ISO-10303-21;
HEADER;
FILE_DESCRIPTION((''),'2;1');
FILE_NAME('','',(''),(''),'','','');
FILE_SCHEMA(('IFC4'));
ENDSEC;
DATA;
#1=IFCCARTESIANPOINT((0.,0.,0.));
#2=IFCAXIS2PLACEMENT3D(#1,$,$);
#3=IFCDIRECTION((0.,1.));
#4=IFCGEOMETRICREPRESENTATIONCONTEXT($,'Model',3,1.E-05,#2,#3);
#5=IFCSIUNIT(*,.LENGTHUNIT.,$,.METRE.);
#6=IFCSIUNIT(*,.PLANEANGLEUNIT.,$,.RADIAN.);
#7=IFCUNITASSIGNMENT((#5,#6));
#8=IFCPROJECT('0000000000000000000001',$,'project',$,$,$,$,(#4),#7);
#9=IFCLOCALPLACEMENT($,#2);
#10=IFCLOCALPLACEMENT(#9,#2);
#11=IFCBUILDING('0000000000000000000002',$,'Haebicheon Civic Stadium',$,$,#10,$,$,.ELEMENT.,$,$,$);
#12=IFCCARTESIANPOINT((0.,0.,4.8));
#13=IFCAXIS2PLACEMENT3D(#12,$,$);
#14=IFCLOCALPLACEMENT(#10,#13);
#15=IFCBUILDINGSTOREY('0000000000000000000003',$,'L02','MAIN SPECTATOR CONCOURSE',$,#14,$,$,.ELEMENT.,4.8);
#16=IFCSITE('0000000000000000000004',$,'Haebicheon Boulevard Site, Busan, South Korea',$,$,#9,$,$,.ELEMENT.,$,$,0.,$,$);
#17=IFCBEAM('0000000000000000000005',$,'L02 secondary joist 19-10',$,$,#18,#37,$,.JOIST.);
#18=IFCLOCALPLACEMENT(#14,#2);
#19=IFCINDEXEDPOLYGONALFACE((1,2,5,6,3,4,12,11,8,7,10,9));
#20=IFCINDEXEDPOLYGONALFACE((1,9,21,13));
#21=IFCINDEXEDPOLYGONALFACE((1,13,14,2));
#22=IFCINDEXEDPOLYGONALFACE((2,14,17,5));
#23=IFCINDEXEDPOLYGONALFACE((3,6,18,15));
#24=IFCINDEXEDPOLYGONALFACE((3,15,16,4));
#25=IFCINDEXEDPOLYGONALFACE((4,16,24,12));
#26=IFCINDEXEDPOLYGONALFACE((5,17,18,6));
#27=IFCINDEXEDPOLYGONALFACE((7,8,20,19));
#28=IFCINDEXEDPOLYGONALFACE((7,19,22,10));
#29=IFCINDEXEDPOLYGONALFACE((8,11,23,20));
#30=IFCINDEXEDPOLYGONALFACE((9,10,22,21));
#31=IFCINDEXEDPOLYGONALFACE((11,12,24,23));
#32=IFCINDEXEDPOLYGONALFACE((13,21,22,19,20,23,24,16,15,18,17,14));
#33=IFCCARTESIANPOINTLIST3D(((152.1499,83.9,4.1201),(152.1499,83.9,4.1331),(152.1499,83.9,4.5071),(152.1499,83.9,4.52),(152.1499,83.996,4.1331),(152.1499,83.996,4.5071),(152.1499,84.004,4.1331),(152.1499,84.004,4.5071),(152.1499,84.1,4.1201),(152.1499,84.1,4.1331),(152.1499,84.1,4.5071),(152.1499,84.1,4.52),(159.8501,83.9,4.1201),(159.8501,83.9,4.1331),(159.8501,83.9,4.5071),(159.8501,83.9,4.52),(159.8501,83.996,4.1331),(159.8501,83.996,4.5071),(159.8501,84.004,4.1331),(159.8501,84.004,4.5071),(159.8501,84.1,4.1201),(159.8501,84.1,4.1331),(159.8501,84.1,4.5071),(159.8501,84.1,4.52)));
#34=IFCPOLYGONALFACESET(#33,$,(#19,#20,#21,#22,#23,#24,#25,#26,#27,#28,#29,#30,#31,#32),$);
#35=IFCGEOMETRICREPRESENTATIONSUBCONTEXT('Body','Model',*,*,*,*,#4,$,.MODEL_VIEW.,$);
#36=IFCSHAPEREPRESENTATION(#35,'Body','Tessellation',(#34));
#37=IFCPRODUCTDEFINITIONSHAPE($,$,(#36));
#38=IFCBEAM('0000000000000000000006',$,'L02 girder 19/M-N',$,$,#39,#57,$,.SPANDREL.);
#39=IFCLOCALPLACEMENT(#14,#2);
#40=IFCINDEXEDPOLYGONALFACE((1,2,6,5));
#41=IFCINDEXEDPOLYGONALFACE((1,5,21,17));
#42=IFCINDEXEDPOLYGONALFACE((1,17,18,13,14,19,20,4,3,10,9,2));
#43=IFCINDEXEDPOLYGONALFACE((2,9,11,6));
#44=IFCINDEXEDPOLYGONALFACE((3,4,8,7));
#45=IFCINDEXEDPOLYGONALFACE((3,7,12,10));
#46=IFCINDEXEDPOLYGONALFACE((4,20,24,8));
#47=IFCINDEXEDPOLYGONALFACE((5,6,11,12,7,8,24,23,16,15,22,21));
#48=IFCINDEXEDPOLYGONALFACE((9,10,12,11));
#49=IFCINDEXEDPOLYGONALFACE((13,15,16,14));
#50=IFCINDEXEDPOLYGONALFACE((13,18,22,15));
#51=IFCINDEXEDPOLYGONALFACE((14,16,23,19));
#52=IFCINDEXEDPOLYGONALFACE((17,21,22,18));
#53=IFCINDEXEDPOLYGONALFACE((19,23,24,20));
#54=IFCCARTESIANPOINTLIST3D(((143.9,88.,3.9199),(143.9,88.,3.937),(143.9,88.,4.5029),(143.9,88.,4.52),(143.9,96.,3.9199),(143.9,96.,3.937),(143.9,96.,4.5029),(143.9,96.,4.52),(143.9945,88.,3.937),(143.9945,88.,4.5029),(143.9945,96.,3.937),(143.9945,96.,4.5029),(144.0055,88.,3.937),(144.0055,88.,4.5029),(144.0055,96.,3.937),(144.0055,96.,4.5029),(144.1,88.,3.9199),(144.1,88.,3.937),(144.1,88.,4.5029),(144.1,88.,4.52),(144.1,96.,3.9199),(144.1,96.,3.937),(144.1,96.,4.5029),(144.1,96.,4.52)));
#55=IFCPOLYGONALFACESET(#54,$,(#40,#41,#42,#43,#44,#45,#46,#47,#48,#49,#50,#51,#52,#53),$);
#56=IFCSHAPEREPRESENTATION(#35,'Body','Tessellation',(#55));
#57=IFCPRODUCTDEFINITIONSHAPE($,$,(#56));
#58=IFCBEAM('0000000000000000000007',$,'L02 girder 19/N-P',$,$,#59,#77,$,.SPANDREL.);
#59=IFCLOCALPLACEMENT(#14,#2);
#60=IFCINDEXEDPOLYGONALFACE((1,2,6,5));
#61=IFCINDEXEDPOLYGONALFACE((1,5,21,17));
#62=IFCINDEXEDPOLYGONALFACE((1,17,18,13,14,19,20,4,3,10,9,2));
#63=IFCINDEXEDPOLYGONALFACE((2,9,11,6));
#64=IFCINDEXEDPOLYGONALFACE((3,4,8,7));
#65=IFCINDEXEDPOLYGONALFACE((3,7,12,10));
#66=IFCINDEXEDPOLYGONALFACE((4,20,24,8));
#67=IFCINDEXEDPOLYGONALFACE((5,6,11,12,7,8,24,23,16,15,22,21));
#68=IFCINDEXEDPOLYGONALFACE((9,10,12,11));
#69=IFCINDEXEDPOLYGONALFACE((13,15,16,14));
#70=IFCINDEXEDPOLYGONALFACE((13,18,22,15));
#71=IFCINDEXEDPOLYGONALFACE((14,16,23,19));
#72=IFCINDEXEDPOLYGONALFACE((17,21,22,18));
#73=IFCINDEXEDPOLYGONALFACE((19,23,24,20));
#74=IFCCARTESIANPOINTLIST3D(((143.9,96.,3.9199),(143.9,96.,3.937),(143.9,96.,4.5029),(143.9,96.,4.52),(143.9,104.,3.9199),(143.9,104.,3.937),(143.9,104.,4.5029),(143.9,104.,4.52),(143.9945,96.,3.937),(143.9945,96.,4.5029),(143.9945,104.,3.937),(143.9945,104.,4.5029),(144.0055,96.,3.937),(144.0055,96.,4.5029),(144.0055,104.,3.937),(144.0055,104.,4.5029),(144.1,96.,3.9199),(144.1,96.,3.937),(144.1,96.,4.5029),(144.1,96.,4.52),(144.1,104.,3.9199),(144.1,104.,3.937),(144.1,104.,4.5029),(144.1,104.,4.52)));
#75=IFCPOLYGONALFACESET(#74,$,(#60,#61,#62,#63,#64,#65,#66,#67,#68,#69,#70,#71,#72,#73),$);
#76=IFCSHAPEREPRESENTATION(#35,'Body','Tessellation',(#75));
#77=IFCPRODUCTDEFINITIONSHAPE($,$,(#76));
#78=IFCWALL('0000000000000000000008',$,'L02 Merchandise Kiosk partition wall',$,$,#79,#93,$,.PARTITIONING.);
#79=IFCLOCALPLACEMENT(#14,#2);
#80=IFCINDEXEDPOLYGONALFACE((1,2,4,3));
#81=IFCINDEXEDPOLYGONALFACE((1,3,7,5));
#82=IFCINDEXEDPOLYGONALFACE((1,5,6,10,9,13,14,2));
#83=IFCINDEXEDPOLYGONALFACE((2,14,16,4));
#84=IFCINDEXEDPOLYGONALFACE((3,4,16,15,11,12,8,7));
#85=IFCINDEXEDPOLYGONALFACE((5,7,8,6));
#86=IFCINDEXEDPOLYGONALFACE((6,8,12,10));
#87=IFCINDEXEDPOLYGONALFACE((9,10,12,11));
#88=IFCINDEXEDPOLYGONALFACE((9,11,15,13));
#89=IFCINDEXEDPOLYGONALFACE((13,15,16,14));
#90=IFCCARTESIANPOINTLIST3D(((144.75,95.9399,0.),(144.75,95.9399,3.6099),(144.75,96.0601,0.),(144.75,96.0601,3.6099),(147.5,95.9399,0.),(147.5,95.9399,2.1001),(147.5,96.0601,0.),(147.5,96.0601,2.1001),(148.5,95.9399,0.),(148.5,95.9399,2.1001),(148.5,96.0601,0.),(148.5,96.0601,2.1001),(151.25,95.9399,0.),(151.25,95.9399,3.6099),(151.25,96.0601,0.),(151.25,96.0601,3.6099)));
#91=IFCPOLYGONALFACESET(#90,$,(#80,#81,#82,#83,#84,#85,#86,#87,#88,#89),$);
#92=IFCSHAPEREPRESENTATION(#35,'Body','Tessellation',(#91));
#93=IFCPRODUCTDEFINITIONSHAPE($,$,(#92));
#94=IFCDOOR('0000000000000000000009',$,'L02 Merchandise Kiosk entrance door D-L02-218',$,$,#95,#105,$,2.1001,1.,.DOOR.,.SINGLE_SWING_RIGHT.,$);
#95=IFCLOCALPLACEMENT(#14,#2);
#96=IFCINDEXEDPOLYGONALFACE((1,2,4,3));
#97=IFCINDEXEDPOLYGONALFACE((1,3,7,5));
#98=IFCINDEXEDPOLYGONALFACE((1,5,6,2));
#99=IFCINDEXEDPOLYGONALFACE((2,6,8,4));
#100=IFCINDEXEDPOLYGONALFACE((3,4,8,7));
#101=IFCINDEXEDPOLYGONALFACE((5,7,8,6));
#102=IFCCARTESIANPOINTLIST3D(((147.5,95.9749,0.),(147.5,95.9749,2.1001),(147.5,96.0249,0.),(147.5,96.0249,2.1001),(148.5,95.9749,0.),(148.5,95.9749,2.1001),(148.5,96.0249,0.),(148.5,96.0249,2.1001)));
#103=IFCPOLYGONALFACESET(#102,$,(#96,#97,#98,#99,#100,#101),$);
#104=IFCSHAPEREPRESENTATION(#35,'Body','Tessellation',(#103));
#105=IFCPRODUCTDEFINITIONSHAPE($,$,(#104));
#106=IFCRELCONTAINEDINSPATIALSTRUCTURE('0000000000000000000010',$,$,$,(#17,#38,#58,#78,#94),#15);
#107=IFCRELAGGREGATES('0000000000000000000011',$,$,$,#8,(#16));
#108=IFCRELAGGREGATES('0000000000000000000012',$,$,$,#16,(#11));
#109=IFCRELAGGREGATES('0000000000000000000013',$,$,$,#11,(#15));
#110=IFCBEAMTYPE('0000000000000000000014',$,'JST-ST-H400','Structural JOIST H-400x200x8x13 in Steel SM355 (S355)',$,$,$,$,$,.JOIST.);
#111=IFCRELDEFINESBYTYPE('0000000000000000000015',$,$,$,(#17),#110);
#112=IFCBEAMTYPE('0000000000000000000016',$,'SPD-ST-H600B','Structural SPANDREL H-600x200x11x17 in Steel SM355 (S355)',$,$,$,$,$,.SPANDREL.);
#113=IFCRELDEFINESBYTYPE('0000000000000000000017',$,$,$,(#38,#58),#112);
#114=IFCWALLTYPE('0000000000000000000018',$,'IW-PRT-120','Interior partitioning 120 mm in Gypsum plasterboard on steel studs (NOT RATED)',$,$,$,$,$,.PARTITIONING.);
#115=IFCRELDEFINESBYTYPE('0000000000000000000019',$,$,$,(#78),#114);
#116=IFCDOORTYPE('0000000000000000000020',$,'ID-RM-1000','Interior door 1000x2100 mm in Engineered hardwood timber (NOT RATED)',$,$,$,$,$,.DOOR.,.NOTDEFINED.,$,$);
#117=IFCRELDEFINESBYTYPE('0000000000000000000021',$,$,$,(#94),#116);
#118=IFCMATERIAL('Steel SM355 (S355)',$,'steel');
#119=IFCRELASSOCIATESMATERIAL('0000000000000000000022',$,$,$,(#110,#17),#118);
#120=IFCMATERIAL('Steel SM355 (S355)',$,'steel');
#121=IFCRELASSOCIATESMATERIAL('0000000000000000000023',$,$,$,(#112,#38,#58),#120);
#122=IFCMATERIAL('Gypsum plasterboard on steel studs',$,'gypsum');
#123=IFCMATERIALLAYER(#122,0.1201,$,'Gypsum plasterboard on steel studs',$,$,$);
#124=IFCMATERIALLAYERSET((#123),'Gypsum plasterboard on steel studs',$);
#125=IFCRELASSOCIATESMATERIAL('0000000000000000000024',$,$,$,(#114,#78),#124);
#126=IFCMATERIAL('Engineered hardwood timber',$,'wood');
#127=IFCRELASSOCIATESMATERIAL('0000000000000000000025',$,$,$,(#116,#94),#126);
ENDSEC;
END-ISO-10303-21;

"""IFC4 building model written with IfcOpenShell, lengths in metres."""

from ifc_helpers import new_model, si_unit, direction, frame, frame_2d, origin, origin_2d, place, context, subcontext, project, spatial, rectangle, i_section, extrude, material, layer, layer_set, material_profile, profile_set, type_object, element, fill, save


model = new_model("IFC4")

# Units and contexts
model_context = context("Model", 3, precision=1e-05, world=origin(), true_north=direction((0.0, 1.0)))
body_context = subcontext(model_context, "Body", "Model", "MODEL_VIEW")
ifc_project = project(units=[si_unit("LENGTHUNIT", "METRE"), si_unit("PLANEANGLEUNIT", "RADIAN")], contexts=[model_context])

# Site, building, storey
site_placement = place(None, origin())
site = spatial("IfcSite", under=ifc_project, at=site_placement, Name="Haebicheon Boulevard Site, Busan, South Korea", CompositionType="ELEMENT", RefElevation=0.0)
building_placement = place(site_placement, origin())
building = spatial("IfcBuilding", under=site, at=building_placement, Name="Haebicheon Civic Stadium", CompositionType="ELEMENT")
storey_placement = place(building_placement, frame((0.0, 0.0, 4.8)))
storey = spatial("IfcBuildingStorey", under=building, at=storey_placement, Name="L02", Description="MAIN SPECTATOR CONCOURSE", CompositionType="ELEMENT", Elevation=4.8)

# Beams
ifc_material_1 = material(Name="Steel SM355 (S355)", Category="steel")
ifc_material_profile_1 = material_profile(ifc_material_1, i_section(OverallWidth=0.2, OverallDepth=0.3999, WebThickness=0.0081, FlangeThickness=0.0129, at=origin_2d()), Name="H-400x200x8x13")
ifc_profile_set_1 = profile_set([ifc_material_profile_1], Name="Steel SM355 (S355)")
beam_type_1 = type_object("IfcBeamType", Name="JST-ST-H400", Description="Structural JOIST H-400x200x8x13 in Steel SM355 (S355)", PredefinedType="JOIST", material=ifc_profile_set_1)
beam_placement = place(storey_placement, frame((152.1499, 84.0, 4.3201), z_axis=(1.0, 0.0, 0.0), x_axis=(0.0, 1.0, 0.0)))
element("IfcBeam", 1, at=beam_placement, inside=storey, type_object=beam_type_1, material=ifc_profile_set_1, Name="L02 secondary joist 19-10", PredefinedType="JOIST", context=body_context, shape_type="SweptSolid", body=[
    extrude(i_section(OverallWidth=0.2, OverallDepth=0.3999, WebThickness=0.0081, FlangeThickness=0.0129, at=origin_2d()), origin(), (0.0, 0.0, 1.0), 7.7002),
])
ifc_material_2 = material(Name="Steel SM355 (S355)", Category="steel")
ifc_material_profile_2 = material_profile(ifc_material_2, i_section(OverallWidth=0.2, OverallDepth=0.6001, WebThickness=0.011, FlangeThickness=0.0171, at=origin_2d()), Name="H-600x200x11x17")
ifc_profile_set_2 = profile_set([ifc_material_profile_2], Name="Steel SM355 (S355)")
beam_type_2 = type_object("IfcBeamType", Name="SPD-ST-H600B", Description="Structural SPANDREL H-600x200x11x17 in Steel SM355 (S355)", PredefinedType="SPANDREL", material=ifc_profile_set_2)
for number, where, z_axis, x_axis, name in (
    (2, (144.0, 88.0, 4.22), (0.0, 1.0, 0.0), (-1.0, 0.0, 0.0), "L02 girder 19/M-N"),
    (3, (144.0, 96.0, 4.22), (0.0, 1.0, 0.0), (-1.0, 0.0, 0.0), "L02 girder 19/N-P"),
):
    element("IfcBeam", number, at=place(storey_placement, frame(where, z_axis=z_axis, x_axis=x_axis)), inside=storey, type_object=beam_type_2, material=ifc_profile_set_2, Name=name, PredefinedType="SPANDREL", context=body_context, shape_type="SweptSolid", body=[
        extrude(i_section(OverallWidth=0.2, OverallDepth=0.6001, WebThickness=0.011, FlangeThickness=0.0171, at=origin_2d()), origin(), (0.0, 0.0, 1.0), 8.0),
    ])

# Wall, opening, door
ifc_material_3 = material(Name="Gypsum plasterboard on steel studs", Category="gypsum")
ifc_layer = layer(ifc_material_3, 0.1201, Name="Gypsum plasterboard on steel studs")
ifc_layer_set = layer_set([ifc_layer], Name="Gypsum plasterboard on steel studs")
wall_type = type_object("IfcWallType", Name="IW-PRT-120", Description="Interior partitioning 120 mm in Gypsum plasterboard on steel studs (NOT RATED)", PredefinedType="PARTITIONING", material=ifc_layer_set)
wall_placement = place(storey_placement, frame((144.75, 96.0, 0.0), z_axis=(0.0, 0.0, 1.0), x_axis=(1.0, 0.0, 0.0)))
wall = element("IfcWall", 4, at=wall_placement, inside=storey, type_object=wall_type, material=ifc_layer_set, Name="L02 Merchandise Kiosk partition wall", PredefinedType="PARTITIONING", context=body_context, shape_type="SweptSolid", body=[
    extrude(rectangle(XDim=6.5, YDim=0.1201, at=frame_2d((3.25, 0.0))), origin(), (0.0, 0.0, 1.0), 3.6099),
])
opening_placement = place(wall_placement, frame((2.75, 0.0, 0.0)))
opening = element("IfcOpeningElement", 5, at=opening_placement, cuts=wall, PredefinedType="OPENING", context=body_context, shape_type="SweptSolid", body=[
    extrude(rectangle(XDim=1.0, YDim=2.1001, at=frame_2d((0.5, 1.05))), frame((0.0, 0.0701, 0.0), z_axis=(0.0, -1.0, 0.0), x_axis=(1.0, 0.0, 0.0)), (0.0, 0.0, 1.0), 0.1401),
])
ifc_material_4 = material(Name="Engineered hardwood timber", Category="wood")
door_type = type_object("IfcDoorType", Name="ID-RM-1000", Description="Interior door 1000x2100 mm in Engineered hardwood timber (NOT RATED)", OperationType="NOTDEFINED", PredefinedType="DOOR", material=ifc_material_4)
door_placement = place(opening_placement, origin())
door = element("IfcDoor", 6, at=door_placement, inside=storey, type_object=door_type, material=ifc_material_4, Name="L02 Merchandise Kiosk entrance door D-L02-218", OperationType="SINGLE_SWING_RIGHT", OverallHeight=2.1001, OverallWidth=1.0, PredefinedType="DOOR", context=body_context, shape_type="SweptSolid", body=[
    extrude(rectangle(XDim=1.0, YDim=2.1001, at=frame_2d((0.5, 1.05))), frame((0.0, 0.0249, 0.0), z_axis=(0.0, -1.0, 0.0), x_axis=(1.0, 0.0, 0.0)), (0.0, 0.0, 1.0), 0.05),
])
fill(opening, door)

save(model, "model.ifc")
